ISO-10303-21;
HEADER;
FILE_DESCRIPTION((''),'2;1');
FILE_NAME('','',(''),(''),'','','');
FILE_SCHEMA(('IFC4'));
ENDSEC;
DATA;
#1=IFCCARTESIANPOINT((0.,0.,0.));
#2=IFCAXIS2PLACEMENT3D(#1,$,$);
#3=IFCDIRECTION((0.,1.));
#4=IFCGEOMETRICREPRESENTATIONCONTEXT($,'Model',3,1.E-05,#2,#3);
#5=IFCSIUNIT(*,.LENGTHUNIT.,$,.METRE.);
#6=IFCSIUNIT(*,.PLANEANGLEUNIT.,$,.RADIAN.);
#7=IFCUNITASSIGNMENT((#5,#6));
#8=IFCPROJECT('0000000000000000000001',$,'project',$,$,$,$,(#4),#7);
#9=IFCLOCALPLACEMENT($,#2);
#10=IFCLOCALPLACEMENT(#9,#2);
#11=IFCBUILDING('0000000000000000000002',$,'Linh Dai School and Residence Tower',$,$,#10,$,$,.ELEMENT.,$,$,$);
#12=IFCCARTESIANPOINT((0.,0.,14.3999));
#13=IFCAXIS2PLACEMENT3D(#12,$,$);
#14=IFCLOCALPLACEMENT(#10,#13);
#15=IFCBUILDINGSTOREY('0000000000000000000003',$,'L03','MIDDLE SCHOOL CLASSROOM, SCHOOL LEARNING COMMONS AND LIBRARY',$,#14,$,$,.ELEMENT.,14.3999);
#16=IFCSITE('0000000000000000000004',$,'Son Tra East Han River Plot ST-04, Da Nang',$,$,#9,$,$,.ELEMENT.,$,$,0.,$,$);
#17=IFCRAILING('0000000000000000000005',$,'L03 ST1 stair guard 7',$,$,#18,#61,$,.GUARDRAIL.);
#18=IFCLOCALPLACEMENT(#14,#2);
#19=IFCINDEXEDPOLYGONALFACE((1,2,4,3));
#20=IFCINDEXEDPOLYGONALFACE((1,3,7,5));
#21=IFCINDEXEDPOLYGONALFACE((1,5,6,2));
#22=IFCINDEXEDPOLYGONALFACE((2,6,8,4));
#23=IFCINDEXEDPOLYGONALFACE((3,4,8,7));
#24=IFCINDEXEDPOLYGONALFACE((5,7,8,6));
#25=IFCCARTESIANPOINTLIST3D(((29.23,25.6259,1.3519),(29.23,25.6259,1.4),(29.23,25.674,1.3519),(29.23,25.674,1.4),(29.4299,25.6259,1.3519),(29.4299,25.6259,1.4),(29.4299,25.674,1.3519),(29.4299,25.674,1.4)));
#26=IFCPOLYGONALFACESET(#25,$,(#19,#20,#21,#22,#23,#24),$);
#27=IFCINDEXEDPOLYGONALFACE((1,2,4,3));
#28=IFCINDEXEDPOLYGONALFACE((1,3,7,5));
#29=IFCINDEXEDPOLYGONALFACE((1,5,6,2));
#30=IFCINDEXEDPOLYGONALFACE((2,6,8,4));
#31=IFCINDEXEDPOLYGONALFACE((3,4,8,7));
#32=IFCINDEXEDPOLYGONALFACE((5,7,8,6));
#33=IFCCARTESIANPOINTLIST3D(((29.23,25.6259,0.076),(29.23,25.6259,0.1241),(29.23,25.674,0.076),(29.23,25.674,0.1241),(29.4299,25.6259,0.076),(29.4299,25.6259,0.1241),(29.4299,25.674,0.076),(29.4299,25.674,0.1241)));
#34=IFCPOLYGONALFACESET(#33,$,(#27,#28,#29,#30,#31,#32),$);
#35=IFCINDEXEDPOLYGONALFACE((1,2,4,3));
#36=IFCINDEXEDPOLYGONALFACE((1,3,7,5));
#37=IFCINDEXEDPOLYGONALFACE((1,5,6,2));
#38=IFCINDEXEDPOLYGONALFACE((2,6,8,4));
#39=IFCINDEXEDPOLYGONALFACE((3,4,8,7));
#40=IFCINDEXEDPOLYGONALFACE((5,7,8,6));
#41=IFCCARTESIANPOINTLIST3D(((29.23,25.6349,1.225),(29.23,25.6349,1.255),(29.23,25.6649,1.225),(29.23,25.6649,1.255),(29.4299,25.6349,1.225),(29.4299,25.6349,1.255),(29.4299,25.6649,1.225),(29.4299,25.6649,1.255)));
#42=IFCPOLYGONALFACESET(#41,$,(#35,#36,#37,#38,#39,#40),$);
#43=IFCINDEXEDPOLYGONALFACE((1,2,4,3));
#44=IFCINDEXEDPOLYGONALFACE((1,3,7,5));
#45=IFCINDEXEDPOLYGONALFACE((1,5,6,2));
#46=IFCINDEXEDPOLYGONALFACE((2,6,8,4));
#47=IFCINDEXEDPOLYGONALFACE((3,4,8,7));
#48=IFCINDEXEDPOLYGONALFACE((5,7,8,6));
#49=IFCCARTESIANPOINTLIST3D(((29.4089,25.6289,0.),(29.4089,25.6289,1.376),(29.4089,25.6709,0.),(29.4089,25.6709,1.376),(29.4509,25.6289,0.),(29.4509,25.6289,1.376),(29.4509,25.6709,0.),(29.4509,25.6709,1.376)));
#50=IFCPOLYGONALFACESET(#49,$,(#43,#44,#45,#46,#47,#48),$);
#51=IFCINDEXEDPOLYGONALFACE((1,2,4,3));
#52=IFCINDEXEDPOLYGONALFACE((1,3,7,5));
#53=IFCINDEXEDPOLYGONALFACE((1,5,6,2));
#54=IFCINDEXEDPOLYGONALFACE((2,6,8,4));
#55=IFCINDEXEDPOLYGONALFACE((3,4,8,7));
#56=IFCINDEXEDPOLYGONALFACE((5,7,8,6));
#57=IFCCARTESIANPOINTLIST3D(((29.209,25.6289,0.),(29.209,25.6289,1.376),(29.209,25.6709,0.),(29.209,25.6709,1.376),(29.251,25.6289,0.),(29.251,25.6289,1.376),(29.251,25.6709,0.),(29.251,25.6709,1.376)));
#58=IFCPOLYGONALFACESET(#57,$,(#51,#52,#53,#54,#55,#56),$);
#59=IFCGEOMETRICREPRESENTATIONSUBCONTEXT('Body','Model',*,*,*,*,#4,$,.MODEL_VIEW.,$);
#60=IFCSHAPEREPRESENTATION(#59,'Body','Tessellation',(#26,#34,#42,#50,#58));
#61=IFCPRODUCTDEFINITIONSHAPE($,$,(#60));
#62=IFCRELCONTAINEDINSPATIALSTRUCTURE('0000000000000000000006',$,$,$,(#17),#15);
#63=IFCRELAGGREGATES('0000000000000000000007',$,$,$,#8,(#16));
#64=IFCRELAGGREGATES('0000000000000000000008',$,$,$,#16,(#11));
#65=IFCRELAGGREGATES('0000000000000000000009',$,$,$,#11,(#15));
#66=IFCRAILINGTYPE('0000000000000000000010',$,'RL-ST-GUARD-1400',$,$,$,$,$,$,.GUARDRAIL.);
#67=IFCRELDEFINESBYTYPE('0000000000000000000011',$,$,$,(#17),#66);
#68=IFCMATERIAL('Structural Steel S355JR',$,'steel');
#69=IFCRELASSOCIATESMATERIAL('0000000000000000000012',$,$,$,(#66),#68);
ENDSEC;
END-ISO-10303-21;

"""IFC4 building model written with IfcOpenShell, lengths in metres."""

from ifc_helpers import new_model, si_unit, direction, frame, origin, origin_2d, place, context, subcontext, project, spatial, rectangle, extrude, source, transform, mapped, material, type_object, element, save


model = new_model("IFC4")

# Units and contexts
model_context = context("Model", 3, precision=1e-05, world=origin(), true_north=direction((0.0, 1.0)))
body_context = subcontext(model_context, "Body", "Model", "MODEL_VIEW")
ifc_project = project(units=[si_unit("LENGTHUNIT", "METRE"), si_unit("PLANEANGLEUNIT", "RADIAN")], contexts=[model_context])

# Site, building, storey
site_placement = place(None, origin())
site = spatial("IfcSite", under=ifc_project, at=site_placement, Name="Son Tra East Han River Plot ST-04, Da Nang", CompositionType="ELEMENT", RefElevation=0.0)
building_placement = place(site_placement, origin())
building = spatial("IfcBuilding", under=site, at=building_placement, Name="Linh Dai School and Residence Tower", CompositionType="ELEMENT")
storey_placement = place(building_placement, frame((0.0, 0.0, 14.3999)))
storey = spatial("IfcBuildingStorey", under=building, at=storey_placement, Name="L03", Description="MIDDLE SCHOOL CLASSROOM, SCHOOL LEARNING COMMONS AND LIBRARY", CompositionType="ELEMENT", Elevation=14.3999)

# Shared definitions
ifc_material_1 = material(Name="Structural Steel S355JR", Category="steel")

# Railing
railing_type_1 = type_object("IfcRailingType", Name="RL-ST-GUARD-1400", PredefinedType="GUARDRAIL", material=ifc_material_1)
shared_shape_1 = source(origin(), body_context, "Body", "SweptSolid", [
    extrude(rectangle(XDim=0.0481, YDim=0.0481, at=origin_2d()), frame((0.0, 0.0, 1.376), z_axis=(-1.0, 0.0, 0.0), x_axis=(0.0, -1.0, 0.0)), (0.0, 0.0, 1.0), 0.2),
    extrude(rectangle(XDim=0.0481, YDim=0.0481, at=origin_2d()), frame((0.0, 0.0, 0.1001), z_axis=(-1.0, 0.0, 0.0), x_axis=(0.0, -1.0, 0.0)), (0.0, 0.0, 1.0), 0.2),
    extrude(rectangle(XDim=0.03, YDim=0.03, at=origin_2d()), frame((0.0, 0.0, 1.24), z_axis=(-1.0, 0.0, 0.0), x_axis=(0.0, -1.0, 0.0)), (0.0, 0.0, 1.0), 0.2),
    extrude(rectangle(XDim=0.042, YDim=0.042, at=origin_2d()), origin(), (0.0, 0.0, 1.0), 1.376),
    extrude(rectangle(XDim=0.042, YDim=0.042, at=origin_2d()), frame((-0.2, 0.0, 0.0)), (0.0, 0.0, 1.0), 1.376),
])
railing_1_placement = place(storey_placement, frame((29.4299, 25.6499, 0.0)))
element("IfcRailing", 1, at=railing_1_placement, inside=storey, type_object=railing_type_1, Name="L03 ST1 stair guard 7", PredefinedType="GUARDRAIL", context=body_context, shape_type="MappedRepresentation", body=[
    mapped(shared_shape_1, transform((0.0, 0.0, 0.0), x_axis=(1.0, 0.0, 0.0), y_axis=(0.0, 1.0, 0.0), z_axis=(0.0, 0.0, 1.0), scale=1.0)),
])

save(model, "model.ifc")
